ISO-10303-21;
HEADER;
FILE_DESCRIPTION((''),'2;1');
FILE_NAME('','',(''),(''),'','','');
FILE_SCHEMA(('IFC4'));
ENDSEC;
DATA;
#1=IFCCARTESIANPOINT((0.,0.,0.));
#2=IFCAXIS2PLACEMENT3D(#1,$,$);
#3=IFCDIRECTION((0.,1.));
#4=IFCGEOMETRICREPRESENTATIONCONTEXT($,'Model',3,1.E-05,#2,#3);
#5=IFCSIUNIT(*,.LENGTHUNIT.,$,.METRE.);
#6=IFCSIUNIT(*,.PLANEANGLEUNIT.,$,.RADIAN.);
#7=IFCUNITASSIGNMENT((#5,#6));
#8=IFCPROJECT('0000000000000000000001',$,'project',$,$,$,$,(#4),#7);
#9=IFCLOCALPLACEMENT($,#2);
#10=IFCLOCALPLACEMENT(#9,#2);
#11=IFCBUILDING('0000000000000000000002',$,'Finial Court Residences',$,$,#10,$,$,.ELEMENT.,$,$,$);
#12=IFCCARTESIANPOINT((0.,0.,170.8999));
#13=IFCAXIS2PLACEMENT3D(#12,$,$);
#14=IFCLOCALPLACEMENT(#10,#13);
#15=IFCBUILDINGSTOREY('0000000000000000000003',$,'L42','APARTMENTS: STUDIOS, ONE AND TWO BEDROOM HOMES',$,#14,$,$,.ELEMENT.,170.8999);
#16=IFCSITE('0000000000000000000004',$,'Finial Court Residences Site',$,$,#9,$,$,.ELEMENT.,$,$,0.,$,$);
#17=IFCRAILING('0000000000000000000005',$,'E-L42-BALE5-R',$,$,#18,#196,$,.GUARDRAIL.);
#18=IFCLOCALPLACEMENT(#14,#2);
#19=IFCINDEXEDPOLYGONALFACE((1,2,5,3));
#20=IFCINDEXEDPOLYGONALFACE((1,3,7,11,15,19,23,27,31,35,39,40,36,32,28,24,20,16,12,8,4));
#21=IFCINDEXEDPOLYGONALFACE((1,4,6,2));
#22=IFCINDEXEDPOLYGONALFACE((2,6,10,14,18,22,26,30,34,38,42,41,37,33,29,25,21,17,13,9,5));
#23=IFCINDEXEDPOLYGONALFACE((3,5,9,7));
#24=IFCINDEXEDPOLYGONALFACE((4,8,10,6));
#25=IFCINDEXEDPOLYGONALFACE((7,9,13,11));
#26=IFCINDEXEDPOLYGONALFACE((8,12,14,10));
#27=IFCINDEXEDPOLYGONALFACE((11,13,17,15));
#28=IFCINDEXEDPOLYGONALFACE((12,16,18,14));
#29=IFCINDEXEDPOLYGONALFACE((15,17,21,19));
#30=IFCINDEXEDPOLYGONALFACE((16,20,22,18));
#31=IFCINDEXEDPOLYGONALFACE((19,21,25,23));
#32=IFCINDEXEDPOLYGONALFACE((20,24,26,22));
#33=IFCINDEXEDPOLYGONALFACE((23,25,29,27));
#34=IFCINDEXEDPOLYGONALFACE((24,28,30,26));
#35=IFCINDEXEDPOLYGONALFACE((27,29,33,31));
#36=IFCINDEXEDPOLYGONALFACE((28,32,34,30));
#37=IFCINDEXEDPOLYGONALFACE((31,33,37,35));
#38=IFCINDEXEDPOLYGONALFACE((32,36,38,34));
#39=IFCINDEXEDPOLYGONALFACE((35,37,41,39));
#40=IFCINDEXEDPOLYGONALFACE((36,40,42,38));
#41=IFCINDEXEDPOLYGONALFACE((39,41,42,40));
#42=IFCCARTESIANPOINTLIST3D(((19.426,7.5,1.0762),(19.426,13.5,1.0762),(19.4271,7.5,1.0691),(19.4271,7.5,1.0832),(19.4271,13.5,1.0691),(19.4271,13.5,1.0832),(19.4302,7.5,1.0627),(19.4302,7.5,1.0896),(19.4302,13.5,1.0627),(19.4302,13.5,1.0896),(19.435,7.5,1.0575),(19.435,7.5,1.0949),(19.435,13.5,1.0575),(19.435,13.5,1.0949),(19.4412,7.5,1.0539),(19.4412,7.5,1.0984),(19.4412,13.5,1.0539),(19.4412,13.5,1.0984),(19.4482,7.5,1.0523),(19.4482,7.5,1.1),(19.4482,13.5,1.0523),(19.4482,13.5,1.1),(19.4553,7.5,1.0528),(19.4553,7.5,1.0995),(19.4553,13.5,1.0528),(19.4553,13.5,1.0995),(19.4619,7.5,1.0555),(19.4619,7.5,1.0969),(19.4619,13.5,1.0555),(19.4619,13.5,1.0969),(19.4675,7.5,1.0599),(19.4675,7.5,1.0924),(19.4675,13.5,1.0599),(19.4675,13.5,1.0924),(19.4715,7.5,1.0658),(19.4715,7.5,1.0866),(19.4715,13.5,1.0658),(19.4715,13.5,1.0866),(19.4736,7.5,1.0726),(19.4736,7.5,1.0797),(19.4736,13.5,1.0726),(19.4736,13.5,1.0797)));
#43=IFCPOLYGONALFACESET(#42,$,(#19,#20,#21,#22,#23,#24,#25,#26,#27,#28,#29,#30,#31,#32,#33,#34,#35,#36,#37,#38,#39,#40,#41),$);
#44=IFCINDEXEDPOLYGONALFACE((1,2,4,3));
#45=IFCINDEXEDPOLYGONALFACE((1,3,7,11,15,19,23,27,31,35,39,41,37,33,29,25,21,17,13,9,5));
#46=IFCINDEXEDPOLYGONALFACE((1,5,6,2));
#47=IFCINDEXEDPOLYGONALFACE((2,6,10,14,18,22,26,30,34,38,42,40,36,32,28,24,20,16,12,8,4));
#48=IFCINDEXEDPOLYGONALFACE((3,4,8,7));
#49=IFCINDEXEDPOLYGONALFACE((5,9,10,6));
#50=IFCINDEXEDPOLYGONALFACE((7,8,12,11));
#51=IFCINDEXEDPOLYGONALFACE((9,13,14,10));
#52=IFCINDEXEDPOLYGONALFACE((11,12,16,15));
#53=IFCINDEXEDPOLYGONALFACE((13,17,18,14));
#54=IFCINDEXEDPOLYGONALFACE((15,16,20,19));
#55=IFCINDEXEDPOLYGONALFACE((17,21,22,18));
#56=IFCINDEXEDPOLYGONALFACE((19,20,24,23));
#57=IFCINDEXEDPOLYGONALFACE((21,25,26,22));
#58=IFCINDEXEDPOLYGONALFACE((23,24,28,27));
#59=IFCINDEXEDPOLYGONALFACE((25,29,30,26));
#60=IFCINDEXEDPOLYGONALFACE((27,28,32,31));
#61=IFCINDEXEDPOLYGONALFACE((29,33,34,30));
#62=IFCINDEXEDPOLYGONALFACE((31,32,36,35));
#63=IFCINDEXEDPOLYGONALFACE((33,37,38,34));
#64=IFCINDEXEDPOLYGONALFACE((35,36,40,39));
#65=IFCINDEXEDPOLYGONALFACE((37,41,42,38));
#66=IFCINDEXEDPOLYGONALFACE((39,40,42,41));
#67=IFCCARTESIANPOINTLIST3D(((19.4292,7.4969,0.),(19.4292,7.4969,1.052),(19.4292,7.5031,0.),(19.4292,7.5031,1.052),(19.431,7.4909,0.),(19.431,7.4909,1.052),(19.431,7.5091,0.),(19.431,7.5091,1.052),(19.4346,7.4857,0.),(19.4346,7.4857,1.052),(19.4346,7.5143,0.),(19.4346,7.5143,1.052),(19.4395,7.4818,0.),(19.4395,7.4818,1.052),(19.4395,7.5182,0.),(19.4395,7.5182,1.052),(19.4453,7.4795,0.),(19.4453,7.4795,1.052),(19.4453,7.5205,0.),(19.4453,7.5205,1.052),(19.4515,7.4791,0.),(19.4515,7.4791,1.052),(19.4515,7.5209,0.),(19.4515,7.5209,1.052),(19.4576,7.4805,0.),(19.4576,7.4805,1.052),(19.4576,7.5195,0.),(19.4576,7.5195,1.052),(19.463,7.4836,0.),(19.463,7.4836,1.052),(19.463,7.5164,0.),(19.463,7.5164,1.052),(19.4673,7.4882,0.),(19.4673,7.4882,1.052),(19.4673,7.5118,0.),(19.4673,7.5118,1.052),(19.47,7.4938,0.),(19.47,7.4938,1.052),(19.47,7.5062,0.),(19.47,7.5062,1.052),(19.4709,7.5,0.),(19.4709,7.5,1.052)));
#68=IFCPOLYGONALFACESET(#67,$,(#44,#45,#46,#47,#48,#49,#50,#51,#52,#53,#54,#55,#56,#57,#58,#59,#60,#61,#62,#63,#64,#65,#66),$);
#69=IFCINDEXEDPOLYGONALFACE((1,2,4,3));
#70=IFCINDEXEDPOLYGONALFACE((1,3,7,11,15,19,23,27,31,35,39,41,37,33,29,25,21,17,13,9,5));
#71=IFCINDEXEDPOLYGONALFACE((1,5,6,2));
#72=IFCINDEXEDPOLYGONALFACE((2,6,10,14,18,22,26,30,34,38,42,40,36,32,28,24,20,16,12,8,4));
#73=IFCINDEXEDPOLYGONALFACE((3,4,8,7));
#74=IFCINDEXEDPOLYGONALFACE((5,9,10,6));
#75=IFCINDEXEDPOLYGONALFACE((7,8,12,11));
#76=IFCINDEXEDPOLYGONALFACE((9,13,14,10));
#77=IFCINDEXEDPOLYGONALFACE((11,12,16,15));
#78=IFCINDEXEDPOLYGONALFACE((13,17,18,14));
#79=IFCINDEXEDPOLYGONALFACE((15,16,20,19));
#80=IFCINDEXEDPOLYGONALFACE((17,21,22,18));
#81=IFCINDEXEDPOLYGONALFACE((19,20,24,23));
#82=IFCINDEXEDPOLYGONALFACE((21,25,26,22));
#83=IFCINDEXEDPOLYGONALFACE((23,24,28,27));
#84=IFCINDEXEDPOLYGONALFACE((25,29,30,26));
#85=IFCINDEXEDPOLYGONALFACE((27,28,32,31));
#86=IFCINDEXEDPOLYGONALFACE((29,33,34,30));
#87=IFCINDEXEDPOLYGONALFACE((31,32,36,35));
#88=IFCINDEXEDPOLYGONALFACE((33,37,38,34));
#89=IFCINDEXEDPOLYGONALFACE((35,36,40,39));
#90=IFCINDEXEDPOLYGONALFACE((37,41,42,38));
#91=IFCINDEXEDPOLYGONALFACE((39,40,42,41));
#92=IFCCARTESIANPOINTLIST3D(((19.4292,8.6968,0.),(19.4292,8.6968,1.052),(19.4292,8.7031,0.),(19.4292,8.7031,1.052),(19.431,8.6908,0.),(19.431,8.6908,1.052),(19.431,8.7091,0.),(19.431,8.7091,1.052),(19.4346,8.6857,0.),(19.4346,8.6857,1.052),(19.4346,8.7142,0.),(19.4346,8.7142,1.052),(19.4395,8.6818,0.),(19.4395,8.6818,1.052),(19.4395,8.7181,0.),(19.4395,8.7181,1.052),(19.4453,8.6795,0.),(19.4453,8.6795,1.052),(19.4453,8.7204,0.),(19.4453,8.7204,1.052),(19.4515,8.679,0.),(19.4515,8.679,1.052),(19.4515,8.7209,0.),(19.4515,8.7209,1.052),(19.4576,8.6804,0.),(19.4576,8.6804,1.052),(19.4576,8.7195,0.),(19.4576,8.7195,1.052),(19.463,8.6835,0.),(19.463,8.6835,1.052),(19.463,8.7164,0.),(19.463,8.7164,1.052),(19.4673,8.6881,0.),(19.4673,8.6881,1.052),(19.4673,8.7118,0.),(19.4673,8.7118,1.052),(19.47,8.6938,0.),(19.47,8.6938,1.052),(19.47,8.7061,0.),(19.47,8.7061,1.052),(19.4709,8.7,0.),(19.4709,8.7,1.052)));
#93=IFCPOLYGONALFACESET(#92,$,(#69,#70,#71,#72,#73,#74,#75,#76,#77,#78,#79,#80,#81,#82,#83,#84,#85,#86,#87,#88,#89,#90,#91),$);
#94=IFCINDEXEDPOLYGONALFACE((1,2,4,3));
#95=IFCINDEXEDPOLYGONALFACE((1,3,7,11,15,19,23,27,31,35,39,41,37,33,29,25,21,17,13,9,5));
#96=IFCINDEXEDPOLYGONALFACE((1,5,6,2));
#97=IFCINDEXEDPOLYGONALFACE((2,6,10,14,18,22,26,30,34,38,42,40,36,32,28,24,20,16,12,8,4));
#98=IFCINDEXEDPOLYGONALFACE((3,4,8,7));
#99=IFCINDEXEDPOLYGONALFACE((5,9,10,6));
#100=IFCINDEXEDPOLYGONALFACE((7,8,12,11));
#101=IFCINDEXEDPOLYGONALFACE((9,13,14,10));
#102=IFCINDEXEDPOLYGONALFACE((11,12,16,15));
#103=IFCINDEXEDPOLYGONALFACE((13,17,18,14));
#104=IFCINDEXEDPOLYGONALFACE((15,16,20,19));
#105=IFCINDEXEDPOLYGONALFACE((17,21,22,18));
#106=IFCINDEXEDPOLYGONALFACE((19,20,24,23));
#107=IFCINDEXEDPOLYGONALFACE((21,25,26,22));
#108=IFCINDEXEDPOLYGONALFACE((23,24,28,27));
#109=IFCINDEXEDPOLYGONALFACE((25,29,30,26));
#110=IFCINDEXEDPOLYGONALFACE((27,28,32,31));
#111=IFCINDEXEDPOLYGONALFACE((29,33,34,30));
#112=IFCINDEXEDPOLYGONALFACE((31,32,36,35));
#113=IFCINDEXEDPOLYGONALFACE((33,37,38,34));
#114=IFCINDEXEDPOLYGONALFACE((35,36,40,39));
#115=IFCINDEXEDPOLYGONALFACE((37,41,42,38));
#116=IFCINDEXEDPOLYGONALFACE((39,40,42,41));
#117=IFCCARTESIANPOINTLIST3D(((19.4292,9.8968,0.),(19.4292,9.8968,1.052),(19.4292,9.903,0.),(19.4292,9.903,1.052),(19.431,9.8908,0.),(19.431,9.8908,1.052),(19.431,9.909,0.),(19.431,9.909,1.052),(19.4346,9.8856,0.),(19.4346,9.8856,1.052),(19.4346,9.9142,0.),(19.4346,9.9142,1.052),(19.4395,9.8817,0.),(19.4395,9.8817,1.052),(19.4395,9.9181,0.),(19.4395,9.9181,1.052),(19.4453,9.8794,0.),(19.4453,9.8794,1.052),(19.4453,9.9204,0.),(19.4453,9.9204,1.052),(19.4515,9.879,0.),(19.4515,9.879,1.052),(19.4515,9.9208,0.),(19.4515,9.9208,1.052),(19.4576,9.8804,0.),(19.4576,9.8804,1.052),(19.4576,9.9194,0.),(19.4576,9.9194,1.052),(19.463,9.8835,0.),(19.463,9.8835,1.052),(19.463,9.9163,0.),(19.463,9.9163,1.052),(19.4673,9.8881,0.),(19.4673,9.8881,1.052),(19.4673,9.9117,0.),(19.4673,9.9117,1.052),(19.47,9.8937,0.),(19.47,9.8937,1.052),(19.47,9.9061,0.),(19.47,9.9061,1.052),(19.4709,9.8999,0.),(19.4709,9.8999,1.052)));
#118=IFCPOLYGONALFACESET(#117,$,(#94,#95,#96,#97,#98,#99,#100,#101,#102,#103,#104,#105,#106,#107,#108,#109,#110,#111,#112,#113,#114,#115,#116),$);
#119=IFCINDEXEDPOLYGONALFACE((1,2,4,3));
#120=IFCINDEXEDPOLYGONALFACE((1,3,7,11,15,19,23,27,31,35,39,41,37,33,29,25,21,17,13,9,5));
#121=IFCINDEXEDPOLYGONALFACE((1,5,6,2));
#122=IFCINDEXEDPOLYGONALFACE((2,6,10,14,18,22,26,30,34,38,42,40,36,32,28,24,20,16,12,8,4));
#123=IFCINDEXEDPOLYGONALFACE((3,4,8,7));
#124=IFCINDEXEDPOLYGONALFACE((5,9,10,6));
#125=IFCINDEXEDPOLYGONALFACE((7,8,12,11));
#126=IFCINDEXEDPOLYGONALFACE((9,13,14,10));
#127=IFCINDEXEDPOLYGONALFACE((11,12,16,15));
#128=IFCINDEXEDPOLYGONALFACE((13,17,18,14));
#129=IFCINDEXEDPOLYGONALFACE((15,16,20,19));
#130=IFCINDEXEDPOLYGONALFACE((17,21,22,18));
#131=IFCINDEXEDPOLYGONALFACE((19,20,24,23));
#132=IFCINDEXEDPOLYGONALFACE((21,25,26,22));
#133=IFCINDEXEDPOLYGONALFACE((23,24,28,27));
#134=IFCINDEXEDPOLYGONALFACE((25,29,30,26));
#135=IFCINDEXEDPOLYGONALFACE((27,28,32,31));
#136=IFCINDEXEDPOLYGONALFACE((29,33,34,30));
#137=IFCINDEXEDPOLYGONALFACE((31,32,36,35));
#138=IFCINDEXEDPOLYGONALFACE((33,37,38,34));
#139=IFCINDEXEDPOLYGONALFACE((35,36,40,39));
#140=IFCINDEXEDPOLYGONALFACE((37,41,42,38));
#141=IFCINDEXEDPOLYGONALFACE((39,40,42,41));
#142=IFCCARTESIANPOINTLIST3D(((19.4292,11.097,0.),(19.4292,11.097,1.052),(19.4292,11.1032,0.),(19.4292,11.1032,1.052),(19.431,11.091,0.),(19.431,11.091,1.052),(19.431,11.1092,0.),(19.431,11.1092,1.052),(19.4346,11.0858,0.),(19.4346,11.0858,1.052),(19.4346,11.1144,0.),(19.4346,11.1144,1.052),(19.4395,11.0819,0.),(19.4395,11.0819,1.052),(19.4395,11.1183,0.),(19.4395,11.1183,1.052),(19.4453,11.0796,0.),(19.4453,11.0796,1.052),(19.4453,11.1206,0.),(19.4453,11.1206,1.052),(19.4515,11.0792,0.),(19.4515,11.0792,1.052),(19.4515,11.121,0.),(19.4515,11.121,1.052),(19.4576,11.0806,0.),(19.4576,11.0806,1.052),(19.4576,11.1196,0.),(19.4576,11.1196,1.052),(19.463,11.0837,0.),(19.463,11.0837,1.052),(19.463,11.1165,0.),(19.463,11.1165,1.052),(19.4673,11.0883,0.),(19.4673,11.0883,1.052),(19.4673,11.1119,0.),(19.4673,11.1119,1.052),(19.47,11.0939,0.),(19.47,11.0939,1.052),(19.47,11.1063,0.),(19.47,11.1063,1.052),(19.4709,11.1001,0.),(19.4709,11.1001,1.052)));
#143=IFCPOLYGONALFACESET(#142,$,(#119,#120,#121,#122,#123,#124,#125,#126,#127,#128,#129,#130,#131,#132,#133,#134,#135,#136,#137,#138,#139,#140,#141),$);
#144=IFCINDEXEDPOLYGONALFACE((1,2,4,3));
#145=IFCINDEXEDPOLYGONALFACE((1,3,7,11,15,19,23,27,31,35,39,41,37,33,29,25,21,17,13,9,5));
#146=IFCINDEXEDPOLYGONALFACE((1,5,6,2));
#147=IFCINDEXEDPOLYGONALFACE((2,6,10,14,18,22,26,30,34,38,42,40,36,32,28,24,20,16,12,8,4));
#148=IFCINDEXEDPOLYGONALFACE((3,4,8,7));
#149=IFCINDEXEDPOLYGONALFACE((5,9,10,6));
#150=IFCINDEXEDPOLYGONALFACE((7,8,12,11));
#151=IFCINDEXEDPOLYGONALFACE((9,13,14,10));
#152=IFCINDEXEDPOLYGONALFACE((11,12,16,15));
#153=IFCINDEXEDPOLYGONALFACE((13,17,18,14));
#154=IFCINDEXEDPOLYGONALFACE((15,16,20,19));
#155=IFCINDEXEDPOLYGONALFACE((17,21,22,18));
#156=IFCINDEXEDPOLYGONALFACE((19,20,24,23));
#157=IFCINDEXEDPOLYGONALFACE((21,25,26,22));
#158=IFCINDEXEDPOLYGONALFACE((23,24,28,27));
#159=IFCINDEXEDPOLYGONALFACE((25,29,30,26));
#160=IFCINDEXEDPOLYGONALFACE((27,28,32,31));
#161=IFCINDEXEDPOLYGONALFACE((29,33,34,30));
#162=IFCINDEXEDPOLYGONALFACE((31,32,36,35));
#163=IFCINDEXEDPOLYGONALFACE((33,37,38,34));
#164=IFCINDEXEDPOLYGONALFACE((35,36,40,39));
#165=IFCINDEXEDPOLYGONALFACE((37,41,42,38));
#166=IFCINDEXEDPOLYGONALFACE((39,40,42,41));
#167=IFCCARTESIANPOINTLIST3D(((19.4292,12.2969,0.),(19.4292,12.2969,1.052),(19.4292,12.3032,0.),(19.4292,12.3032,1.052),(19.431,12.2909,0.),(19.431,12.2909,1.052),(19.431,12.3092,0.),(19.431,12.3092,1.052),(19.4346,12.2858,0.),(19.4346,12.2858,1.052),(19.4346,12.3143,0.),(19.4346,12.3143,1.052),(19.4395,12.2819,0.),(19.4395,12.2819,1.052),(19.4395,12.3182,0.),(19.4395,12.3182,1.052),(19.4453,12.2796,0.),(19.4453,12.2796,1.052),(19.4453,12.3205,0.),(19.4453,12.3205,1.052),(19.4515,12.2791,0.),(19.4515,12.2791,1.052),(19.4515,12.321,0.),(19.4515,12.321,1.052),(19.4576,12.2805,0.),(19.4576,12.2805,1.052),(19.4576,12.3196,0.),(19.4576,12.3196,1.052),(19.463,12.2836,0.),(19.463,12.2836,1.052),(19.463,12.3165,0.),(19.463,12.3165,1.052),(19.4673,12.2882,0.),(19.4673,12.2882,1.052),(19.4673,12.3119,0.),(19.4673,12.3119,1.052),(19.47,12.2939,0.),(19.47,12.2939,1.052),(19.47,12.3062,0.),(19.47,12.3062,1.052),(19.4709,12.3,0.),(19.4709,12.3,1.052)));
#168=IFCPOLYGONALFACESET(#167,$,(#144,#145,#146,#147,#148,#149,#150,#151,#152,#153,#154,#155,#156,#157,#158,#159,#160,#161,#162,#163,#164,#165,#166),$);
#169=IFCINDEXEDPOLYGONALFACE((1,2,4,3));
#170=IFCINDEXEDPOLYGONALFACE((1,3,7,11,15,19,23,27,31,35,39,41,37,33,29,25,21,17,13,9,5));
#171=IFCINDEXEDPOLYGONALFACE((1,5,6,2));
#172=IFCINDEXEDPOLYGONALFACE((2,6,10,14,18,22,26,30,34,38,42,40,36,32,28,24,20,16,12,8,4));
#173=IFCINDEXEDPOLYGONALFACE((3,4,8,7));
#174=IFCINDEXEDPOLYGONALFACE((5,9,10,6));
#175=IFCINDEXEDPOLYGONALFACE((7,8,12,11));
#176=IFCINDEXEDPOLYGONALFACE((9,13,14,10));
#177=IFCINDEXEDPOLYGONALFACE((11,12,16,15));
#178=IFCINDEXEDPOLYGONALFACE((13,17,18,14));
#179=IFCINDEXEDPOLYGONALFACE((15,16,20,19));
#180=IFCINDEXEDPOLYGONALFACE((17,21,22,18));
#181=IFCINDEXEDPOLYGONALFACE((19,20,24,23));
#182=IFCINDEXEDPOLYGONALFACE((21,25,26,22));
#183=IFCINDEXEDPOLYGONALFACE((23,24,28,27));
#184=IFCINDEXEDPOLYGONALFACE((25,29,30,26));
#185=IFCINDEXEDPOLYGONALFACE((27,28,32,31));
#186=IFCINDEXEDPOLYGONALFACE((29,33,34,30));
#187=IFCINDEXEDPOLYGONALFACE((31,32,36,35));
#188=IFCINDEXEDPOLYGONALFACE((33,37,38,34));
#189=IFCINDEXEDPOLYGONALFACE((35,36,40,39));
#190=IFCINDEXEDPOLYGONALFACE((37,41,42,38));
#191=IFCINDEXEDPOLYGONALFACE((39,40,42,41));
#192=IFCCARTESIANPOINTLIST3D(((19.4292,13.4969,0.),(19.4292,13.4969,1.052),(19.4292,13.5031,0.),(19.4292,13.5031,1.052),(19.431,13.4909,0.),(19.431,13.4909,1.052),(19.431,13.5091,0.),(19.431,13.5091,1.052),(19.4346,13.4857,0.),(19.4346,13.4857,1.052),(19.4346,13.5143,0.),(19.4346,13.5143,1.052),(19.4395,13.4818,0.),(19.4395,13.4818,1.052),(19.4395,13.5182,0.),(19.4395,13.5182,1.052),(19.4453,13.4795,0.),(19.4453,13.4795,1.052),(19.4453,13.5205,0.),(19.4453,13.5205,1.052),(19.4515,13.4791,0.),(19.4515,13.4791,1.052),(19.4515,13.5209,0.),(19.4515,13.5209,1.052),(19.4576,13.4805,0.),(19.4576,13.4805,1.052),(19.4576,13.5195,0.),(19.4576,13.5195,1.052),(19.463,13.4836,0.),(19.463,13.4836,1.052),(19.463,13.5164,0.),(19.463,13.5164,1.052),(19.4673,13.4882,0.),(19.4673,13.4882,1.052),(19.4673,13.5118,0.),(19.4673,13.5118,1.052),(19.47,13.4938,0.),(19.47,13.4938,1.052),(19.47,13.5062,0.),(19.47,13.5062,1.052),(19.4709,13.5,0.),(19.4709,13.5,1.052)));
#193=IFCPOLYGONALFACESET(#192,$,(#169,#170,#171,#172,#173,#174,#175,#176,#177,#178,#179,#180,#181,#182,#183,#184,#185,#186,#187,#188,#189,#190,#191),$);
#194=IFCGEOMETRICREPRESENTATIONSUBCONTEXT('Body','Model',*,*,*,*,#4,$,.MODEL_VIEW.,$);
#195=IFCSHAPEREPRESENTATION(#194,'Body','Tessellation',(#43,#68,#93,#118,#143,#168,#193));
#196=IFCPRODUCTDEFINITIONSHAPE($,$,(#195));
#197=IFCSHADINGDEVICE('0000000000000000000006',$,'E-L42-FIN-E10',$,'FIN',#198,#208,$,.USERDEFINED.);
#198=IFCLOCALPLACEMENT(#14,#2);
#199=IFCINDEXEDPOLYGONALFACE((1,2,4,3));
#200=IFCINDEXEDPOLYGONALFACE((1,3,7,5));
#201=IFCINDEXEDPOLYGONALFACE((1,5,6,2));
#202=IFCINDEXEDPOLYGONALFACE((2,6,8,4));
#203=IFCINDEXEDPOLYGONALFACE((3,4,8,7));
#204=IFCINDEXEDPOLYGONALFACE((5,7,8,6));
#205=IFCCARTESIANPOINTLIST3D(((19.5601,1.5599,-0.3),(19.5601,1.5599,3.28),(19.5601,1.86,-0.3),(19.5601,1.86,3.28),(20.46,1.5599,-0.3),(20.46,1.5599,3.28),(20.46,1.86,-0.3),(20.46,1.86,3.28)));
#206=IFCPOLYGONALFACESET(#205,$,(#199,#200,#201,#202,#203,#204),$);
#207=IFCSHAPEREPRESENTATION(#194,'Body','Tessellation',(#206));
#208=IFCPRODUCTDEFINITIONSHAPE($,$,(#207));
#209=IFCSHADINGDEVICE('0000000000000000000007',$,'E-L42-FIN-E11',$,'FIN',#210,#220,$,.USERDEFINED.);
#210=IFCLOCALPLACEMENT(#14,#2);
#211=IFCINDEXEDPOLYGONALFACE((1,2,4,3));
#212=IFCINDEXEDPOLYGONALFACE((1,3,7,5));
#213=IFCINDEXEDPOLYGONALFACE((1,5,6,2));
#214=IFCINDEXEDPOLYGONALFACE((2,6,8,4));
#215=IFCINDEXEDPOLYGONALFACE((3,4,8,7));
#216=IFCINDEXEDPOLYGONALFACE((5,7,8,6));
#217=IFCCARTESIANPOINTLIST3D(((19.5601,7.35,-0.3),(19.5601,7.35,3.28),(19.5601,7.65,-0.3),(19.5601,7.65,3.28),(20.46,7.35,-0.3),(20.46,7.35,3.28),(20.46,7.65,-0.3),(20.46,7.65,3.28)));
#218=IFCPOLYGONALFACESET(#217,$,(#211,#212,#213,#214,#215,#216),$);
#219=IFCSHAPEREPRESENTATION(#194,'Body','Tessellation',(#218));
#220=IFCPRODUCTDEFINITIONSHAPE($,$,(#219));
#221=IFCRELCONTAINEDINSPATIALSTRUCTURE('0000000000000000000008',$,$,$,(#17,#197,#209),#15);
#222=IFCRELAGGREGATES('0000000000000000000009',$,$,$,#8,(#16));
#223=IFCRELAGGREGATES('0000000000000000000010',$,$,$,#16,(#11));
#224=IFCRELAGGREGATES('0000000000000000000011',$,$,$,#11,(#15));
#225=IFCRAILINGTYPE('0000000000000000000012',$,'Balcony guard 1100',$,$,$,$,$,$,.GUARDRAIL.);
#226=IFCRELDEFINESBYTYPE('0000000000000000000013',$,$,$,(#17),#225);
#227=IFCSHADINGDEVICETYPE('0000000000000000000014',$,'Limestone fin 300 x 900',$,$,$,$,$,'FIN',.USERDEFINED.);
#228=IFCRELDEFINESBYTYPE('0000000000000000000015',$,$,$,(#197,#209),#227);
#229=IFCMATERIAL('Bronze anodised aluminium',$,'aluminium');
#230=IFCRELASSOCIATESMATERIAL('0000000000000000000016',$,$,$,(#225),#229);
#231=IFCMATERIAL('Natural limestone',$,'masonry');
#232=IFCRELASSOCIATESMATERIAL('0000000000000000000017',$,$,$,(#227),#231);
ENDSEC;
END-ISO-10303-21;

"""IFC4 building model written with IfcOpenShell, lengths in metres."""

from ifc_helpers import new_model, si_unit, direction, frame, origin, origin_2d, place, context, subcontext, project, spatial, rectangle, circle, extrude, material, type_object, element, save


model = new_model("IFC4")

# Units and contexts
model_context = context("Model", 3, precision=1e-05, world=origin(), true_north=direction((0.0, 1.0)))
body_context = subcontext(model_context, "Body", "Model", "MODEL_VIEW")
ifc_project = project(units=[si_unit("LENGTHUNIT", "METRE"), si_unit("PLANEANGLEUNIT", "RADIAN")], contexts=[model_context])

# Site, building, storey
site_placement = place(None, origin())
site = spatial("IfcSite", under=ifc_project, at=site_placement, Name="Finial Court Residences Site", CompositionType="ELEMENT", RefElevation=0.0)
building_placement = place(site_placement, origin())
building = spatial("IfcBuilding", under=site, at=building_placement, Name="Finial Court Residences", CompositionType="ELEMENT")
storey_placement = place(building_placement, frame((0.0, 0.0, 170.8999)))
storey = spatial("IfcBuildingStorey", under=building, at=storey_placement, Name="L42", Description="APARTMENTS: STUDIOS, ONE AND TWO BEDROOM HOMES", CompositionType="ELEMENT", Elevation=170.8999)

# Shared definitions
ifc_material_1 = material(Name="Bronze anodised aluminium", Category="aluminium")

# Shared definitions
ifc_material_2 = material(Name="Natural limestone", Category="masonry")

# Railing
railing_type = type_object("IfcRailingType", Name="Balcony guard 1100", PredefinedType="GUARDRAIL", material=ifc_material_1)
railing_placement = place(storey_placement, frame((19.45, 7.5, 0.0)))
element("IfcRailing", 1, at=railing_placement, inside=storey, type_object=railing_type, Name="E-L42-BALE5-R", PredefinedType="GUARDRAIL", context=body_context, shape_type="SweptSolid", body=[
    extrude(circle(Radius=0.0239, at=origin_2d()), frame((0.0, 0.0, 1.0762), z_axis=(0.0, 1.0, 0.0), x_axis=(-1.0, 0.0, 0.0)), (0.0, 0.0, 1.0), 6.0),
    extrude(circle(Radius=0.021, at=origin_2d()), origin(), (0.0, 0.0, 1.0), 1.052),
    extrude(circle(Radius=0.021, at=origin_2d()), frame((0.0, 1.2, 0.0)), (0.0, 0.0, 1.0), 1.052),
    extrude(circle(Radius=0.021, at=origin_2d()), frame((0.0, 2.3999, 0.0)), (0.0, 0.0, 1.0), 1.052),
    extrude(circle(Radius=0.021, at=origin_2d()), frame((0.0, 3.6001, 0.0)), (0.0, 0.0, 1.0), 1.052),
    extrude(circle(Radius=0.021, at=origin_2d()), frame((0.0, 4.8, 0.0)), (0.0, 0.0, 1.0), 1.052),
    extrude(circle(Radius=0.021, at=origin_2d()), frame((0.0, 6.0, 0.0)), (0.0, 0.0, 1.0), 1.052),
])

# Shading devices
shading_device_type = type_object("IfcShadingDeviceType", Name="Limestone fin 300 x 900", ElementType="FIN", PredefinedType="USERDEFINED", material=ifc_material_2)
for number, where, z_axis, x_axis, name in (
    (2, (20.01, 1.71, -0.3), (0.0, 0.0, 1.0), (1.0, 0.0, 0.0), "E-L42-FIN-E10"),
    (3, (20.01, 7.5, -0.3), (0.0, 0.0, 1.0), (1.0, 0.0, 0.0), "E-L42-FIN-E11"),
):
    element("IfcShadingDevice", number, at=place(storey_placement, frame(where, z_axis=z_axis, x_axis=x_axis)), inside=storey, type_object=shading_device_type, Name=name, ObjectType="FIN", PredefinedType="USERDEFINED", context=body_context, shape_type="SweptSolid", body=[
        extrude(rectangle(XDim=0.8999, YDim=0.3, at=origin_2d()), origin(), (0.0, 0.0, 1.0), 3.5801),
    ])

save(model, "model.ifc")
